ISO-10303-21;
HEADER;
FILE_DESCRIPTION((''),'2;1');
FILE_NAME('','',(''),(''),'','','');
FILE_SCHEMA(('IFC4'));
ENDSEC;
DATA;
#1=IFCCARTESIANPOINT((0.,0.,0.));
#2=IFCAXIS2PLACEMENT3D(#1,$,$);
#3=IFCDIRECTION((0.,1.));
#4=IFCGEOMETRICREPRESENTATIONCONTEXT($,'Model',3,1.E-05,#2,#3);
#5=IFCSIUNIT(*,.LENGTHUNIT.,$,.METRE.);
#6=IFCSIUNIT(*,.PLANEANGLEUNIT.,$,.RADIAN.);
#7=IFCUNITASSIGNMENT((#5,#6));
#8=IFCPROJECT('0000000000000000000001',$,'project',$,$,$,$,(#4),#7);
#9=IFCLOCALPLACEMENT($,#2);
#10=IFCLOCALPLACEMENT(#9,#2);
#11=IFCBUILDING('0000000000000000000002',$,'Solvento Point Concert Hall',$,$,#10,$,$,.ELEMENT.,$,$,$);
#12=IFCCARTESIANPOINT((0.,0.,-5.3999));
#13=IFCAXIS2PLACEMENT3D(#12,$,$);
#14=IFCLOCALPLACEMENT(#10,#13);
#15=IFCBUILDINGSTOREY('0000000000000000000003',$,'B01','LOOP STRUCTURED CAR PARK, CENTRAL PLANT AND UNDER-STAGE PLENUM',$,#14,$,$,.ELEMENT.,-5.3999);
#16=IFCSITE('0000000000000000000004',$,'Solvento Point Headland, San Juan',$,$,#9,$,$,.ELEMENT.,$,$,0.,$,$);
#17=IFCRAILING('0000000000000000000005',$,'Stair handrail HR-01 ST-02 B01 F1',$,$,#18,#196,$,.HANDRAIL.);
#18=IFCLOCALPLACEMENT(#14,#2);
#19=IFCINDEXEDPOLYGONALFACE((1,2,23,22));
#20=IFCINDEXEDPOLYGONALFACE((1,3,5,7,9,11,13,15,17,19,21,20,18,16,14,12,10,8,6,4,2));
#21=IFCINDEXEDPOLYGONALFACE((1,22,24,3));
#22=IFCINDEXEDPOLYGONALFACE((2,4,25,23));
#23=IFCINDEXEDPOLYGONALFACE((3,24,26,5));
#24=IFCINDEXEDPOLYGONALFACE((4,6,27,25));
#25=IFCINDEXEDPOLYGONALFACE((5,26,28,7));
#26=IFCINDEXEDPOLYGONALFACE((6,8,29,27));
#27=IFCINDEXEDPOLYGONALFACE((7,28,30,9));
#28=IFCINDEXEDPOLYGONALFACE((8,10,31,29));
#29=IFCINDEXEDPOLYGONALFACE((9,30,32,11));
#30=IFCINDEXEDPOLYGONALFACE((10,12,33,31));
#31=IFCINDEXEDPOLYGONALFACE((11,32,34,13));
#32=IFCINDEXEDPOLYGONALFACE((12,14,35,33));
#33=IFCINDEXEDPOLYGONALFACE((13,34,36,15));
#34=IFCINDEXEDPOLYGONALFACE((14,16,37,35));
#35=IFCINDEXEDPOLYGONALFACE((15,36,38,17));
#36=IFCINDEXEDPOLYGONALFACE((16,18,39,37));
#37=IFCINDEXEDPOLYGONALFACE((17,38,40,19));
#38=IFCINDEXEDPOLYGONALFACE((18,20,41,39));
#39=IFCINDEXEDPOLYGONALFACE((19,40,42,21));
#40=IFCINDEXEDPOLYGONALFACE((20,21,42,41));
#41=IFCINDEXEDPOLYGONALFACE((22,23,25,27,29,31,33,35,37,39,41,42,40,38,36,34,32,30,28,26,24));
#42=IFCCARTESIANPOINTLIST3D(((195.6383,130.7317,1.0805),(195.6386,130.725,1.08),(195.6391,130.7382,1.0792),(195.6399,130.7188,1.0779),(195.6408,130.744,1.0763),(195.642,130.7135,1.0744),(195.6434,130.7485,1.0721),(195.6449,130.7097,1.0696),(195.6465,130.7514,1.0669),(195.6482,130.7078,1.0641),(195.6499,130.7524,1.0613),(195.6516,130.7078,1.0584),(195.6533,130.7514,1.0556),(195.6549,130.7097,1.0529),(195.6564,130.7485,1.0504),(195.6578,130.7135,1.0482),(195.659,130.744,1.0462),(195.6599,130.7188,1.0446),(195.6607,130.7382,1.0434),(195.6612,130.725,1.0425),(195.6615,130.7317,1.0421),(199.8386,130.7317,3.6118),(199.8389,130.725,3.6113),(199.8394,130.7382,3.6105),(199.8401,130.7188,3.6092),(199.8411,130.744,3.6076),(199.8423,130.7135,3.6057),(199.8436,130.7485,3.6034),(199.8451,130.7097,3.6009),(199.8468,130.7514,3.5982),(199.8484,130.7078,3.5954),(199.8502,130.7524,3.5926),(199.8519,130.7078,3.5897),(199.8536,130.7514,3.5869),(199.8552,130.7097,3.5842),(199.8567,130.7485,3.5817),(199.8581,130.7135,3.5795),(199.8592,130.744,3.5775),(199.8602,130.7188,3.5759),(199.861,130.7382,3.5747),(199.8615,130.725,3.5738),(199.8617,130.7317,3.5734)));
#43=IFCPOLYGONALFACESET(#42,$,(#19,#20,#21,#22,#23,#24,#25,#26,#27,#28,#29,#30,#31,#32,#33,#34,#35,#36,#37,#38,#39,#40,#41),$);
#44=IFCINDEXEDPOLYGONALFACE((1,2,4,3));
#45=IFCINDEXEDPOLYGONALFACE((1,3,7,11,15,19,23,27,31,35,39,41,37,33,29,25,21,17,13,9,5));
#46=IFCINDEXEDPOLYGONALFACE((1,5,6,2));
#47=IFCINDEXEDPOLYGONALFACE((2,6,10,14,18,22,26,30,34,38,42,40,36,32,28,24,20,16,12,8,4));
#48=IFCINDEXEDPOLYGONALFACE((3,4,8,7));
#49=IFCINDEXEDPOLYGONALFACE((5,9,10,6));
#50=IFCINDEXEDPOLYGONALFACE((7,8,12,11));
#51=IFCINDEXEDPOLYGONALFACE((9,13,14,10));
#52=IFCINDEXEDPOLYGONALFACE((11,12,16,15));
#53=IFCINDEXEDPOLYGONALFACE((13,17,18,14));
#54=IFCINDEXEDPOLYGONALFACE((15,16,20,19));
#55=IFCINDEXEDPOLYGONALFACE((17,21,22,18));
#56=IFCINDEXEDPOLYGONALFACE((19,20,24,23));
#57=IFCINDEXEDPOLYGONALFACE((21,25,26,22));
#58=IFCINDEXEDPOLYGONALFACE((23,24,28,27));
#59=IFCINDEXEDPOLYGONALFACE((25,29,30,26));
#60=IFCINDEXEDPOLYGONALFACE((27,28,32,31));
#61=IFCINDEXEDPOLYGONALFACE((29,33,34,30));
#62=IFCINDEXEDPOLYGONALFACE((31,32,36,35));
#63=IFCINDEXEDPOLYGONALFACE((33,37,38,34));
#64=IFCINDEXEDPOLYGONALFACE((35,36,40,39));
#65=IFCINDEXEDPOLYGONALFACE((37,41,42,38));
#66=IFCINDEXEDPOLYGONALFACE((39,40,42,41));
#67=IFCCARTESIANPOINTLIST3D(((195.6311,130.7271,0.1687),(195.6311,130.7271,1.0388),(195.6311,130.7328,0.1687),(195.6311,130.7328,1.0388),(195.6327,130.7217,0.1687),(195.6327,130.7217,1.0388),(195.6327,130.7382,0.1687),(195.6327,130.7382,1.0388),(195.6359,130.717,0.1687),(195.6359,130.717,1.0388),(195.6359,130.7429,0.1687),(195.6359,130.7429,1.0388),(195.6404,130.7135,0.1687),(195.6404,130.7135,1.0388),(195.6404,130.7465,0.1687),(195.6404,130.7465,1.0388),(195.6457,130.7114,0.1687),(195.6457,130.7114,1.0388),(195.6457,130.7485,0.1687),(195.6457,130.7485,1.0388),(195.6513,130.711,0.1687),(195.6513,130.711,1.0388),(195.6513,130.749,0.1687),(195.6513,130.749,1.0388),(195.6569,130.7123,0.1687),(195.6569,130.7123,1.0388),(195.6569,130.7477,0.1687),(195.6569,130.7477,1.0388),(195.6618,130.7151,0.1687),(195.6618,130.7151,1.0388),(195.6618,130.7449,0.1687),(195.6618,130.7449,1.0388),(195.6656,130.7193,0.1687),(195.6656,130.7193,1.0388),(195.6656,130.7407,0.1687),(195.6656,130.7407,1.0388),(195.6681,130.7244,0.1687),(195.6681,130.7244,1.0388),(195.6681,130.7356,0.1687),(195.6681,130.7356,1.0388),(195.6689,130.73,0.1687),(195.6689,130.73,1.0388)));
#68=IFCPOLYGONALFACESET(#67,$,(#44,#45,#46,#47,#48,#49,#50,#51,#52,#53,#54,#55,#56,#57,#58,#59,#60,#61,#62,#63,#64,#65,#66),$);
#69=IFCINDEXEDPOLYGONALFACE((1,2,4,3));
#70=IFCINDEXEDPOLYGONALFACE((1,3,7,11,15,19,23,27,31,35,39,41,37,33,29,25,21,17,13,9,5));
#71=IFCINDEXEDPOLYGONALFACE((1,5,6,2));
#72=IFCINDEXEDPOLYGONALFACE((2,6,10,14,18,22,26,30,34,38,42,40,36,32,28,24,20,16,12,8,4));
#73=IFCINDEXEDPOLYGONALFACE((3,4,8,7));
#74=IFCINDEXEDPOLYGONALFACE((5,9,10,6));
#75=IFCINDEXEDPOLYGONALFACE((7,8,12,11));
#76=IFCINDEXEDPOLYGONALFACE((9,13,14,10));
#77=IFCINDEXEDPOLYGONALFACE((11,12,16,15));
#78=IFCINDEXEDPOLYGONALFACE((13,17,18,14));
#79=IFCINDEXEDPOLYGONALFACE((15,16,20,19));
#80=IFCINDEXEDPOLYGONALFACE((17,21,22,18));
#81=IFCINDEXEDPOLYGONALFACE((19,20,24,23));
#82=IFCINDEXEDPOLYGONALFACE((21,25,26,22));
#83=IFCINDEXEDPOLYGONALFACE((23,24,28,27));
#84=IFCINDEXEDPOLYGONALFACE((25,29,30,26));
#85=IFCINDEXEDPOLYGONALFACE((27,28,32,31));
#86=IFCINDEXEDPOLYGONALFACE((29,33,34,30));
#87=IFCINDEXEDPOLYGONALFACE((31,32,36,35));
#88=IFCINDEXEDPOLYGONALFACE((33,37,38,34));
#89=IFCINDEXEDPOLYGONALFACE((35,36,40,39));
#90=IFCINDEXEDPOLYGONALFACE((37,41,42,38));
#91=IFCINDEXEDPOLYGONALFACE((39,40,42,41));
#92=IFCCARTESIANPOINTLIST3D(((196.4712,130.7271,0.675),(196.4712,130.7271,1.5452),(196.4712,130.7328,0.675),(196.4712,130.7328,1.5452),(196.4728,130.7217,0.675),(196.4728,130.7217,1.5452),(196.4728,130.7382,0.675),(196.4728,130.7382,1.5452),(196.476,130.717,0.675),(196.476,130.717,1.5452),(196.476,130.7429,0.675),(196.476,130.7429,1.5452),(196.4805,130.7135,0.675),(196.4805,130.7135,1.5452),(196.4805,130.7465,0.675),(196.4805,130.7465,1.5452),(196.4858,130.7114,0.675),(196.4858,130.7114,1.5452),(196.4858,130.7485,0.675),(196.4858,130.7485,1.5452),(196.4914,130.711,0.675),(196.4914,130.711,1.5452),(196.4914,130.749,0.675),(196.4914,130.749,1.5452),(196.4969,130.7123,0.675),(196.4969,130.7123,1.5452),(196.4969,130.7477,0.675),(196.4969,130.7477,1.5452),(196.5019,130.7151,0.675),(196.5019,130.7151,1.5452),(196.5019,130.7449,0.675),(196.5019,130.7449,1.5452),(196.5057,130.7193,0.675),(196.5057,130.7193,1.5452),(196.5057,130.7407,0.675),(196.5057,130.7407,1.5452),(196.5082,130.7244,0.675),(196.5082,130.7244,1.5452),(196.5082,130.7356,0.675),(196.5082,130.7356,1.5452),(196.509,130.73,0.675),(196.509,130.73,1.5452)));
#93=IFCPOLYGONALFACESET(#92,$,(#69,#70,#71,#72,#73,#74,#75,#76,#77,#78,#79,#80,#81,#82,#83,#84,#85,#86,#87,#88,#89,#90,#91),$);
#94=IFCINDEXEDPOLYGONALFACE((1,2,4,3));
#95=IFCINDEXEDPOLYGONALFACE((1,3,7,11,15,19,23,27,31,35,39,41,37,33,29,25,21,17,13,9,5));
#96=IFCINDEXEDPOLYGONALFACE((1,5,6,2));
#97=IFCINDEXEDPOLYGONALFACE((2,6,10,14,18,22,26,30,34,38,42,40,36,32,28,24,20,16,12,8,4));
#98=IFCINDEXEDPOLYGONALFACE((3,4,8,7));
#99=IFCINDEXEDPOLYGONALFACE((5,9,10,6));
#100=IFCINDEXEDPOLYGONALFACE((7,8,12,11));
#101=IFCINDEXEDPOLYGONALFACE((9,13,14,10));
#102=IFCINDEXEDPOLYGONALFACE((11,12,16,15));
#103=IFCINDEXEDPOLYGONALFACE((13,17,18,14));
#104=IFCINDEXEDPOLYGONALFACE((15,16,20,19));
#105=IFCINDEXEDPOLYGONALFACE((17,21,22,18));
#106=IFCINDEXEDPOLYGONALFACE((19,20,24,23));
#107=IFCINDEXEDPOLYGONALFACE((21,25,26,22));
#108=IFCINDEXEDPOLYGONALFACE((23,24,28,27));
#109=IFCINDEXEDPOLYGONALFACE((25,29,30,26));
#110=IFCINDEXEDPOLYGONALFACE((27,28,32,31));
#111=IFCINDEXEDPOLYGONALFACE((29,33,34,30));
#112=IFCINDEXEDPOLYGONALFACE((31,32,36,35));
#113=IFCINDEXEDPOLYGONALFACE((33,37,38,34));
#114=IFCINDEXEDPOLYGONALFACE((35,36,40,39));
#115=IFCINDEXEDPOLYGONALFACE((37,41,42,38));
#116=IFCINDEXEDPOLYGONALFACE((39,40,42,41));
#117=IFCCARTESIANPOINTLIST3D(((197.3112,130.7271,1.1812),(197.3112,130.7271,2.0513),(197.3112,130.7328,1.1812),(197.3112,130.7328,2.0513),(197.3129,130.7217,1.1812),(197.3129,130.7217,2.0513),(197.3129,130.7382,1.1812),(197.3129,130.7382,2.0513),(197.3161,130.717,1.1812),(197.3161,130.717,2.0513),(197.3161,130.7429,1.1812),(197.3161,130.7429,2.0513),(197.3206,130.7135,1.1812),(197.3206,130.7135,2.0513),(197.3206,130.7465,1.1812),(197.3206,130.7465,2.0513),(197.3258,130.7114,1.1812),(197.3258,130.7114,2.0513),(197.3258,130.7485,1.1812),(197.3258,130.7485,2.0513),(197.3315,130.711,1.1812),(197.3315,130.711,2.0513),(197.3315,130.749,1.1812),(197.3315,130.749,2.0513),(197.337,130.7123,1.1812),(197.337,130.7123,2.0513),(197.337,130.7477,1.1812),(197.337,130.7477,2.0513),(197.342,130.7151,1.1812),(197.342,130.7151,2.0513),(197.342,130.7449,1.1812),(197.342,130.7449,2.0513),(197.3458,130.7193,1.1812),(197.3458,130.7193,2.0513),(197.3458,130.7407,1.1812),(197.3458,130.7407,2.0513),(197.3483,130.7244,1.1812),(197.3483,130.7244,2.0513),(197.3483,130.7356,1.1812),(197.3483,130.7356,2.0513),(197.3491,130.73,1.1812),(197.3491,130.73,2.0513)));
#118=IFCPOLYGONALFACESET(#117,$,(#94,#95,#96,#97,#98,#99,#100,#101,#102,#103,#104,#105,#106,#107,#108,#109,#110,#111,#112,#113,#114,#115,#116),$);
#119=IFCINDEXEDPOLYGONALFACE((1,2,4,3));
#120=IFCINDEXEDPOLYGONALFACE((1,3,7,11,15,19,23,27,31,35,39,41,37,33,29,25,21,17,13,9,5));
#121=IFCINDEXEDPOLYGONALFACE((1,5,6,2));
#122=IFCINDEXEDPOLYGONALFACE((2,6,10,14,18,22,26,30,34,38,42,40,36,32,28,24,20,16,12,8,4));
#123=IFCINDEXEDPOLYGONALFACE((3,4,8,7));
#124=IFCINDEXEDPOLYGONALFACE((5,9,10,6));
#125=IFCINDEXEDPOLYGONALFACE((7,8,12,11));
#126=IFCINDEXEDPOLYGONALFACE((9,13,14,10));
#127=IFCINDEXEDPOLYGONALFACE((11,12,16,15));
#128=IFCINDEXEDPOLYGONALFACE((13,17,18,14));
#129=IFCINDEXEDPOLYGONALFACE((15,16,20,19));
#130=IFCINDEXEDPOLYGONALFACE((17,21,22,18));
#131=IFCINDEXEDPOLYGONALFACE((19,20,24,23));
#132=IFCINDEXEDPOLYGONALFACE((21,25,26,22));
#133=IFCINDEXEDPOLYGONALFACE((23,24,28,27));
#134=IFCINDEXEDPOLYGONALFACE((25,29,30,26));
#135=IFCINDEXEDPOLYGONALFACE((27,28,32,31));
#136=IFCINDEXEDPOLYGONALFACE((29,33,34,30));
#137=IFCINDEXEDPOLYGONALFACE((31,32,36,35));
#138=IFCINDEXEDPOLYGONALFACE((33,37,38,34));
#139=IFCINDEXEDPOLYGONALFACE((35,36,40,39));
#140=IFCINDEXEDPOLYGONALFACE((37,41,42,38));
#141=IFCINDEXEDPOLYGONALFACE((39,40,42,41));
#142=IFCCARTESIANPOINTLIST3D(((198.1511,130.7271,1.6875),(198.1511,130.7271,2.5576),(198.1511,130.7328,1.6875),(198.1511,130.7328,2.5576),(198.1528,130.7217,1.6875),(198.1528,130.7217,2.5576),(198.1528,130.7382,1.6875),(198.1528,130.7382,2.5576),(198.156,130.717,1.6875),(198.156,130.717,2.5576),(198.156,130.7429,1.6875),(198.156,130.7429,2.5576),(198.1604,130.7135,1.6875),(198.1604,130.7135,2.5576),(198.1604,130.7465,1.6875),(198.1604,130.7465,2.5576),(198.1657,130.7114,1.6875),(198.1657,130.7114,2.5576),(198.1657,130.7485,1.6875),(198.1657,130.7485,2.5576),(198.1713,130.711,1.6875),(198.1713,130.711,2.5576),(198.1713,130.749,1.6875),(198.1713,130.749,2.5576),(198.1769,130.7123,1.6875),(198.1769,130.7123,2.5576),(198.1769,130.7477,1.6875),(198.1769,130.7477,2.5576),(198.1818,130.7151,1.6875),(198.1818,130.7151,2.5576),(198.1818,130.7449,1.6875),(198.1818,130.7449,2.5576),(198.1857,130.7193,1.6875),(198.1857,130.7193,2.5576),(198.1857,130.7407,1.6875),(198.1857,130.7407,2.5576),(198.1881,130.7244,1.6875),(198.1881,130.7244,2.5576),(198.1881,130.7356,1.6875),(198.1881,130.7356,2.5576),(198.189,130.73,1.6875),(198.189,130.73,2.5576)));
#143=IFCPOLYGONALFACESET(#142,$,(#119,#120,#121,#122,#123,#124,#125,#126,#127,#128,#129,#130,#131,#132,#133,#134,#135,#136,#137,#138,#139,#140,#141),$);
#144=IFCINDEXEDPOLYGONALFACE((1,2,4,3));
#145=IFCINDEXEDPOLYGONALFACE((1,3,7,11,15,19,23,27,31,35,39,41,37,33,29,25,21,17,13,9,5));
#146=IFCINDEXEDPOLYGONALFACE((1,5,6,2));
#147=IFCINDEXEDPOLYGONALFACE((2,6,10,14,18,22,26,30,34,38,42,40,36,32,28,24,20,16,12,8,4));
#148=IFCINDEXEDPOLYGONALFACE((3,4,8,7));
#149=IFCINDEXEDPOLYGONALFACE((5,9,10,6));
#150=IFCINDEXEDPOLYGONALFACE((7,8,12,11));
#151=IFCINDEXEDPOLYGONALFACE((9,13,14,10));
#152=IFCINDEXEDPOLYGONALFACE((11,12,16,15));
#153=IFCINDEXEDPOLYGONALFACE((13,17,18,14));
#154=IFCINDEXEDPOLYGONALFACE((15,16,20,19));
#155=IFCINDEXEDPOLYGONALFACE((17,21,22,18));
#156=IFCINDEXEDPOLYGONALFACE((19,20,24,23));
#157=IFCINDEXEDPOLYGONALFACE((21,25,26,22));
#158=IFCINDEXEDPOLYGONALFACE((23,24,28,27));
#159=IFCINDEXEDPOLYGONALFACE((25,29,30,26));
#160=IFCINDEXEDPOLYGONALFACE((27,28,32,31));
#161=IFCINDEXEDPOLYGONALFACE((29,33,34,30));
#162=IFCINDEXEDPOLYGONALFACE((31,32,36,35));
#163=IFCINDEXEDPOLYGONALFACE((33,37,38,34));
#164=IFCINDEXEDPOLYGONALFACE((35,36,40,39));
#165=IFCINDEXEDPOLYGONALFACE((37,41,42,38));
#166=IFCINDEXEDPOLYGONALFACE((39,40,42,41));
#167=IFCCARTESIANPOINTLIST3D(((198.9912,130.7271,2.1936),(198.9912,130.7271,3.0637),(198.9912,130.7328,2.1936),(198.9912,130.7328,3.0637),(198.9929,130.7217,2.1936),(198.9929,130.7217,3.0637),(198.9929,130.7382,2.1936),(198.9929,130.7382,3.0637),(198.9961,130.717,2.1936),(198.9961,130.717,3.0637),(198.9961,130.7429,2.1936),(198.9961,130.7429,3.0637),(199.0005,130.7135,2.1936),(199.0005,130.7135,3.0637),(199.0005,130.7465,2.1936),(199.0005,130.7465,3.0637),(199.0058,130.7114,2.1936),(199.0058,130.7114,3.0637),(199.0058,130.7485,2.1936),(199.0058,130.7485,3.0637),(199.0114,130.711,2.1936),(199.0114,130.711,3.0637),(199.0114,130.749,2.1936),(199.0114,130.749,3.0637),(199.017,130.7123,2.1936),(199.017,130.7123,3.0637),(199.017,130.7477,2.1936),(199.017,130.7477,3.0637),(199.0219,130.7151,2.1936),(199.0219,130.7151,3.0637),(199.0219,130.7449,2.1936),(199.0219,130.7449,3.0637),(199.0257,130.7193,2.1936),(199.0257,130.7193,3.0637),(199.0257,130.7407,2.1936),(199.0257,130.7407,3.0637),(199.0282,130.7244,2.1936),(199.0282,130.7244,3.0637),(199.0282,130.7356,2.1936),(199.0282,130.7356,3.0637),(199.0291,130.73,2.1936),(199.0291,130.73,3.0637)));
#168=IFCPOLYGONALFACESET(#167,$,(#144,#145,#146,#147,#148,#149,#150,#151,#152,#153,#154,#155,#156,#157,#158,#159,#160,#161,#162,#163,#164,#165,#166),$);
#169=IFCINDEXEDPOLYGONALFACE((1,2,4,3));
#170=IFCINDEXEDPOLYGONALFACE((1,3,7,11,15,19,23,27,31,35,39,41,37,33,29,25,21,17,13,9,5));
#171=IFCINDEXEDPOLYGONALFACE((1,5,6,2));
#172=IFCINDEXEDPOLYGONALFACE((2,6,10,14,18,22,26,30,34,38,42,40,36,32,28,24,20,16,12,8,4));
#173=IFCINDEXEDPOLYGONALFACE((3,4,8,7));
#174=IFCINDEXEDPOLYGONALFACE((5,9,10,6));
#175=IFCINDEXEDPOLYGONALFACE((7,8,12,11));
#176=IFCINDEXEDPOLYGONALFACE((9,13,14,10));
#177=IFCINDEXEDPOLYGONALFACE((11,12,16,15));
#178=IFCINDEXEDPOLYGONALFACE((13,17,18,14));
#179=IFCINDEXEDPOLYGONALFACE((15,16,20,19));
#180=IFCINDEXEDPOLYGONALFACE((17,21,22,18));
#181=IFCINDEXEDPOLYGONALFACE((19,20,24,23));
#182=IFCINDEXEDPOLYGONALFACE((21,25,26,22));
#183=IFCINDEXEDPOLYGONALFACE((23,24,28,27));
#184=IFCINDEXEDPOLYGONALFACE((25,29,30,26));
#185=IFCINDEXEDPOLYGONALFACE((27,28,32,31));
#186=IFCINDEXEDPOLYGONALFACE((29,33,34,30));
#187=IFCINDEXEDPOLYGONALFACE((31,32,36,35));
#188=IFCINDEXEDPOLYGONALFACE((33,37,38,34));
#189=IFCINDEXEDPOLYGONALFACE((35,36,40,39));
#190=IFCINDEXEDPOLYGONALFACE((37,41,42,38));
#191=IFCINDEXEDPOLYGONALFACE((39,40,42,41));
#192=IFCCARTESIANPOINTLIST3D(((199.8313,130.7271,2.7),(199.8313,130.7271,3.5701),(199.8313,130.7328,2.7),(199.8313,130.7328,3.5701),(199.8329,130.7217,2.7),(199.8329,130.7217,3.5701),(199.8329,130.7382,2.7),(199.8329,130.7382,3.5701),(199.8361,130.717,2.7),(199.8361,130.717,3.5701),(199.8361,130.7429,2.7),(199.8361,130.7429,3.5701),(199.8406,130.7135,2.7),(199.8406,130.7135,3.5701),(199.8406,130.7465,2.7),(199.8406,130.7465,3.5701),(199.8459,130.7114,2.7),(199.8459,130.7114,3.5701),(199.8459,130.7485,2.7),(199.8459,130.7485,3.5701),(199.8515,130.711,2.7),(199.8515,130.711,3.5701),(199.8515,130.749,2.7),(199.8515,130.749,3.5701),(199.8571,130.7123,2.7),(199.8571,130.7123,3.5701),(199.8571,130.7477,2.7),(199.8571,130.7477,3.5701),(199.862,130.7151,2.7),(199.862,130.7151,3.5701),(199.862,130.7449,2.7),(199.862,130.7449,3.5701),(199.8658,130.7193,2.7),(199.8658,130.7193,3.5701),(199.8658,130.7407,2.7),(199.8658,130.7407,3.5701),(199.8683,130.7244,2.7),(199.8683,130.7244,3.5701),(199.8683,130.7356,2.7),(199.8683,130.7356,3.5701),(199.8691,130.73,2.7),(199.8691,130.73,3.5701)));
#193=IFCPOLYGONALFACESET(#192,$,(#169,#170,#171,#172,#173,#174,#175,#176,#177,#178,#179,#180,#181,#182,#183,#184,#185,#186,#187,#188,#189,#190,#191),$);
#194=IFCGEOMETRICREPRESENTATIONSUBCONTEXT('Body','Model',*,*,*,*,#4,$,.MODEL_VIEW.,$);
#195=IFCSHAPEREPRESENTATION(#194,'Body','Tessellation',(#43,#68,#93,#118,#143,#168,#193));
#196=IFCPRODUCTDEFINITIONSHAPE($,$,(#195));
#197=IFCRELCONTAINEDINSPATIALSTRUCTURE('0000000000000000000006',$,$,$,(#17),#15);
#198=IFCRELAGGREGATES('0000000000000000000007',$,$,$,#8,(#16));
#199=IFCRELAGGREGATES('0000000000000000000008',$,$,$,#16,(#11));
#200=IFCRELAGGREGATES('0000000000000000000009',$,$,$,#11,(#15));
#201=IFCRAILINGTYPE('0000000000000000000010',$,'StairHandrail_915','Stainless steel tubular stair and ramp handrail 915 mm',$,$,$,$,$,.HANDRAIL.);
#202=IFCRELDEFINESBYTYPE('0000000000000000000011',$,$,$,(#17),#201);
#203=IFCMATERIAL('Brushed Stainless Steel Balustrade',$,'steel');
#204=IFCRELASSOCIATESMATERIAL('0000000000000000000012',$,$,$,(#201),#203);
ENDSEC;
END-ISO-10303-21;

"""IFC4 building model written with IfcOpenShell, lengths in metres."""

from ifc_helpers import new_model, si_unit, direction, frame, origin, origin_2d, place, context, subcontext, project, spatial, circle, extrude, material, type_object, element, save


model = new_model("IFC4")

# Units and contexts
model_context = context("Model", 3, precision=1e-05, world=origin(), true_north=direction((0.0, 1.0)))
body_context = subcontext(model_context, "Body", "Model", "MODEL_VIEW")
ifc_project = project(units=[si_unit("LENGTHUNIT", "METRE"), si_unit("PLANEANGLEUNIT", "RADIAN")], contexts=[model_context])

# Site, building, storey
site_placement = place(None, origin())
site = spatial("IfcSite", under=ifc_project, at=site_placement, Name="Solvento Point Headland, San Juan", CompositionType="ELEMENT", RefElevation=0.0)
building_placement = place(site_placement, origin())
building = spatial("IfcBuilding", under=site, at=building_placement, Name="Solvento Point Concert Hall", CompositionType="ELEMENT")
storey_placement = place(building_placement, frame((0.0, 0.0, -5.3999)))
storey = spatial("IfcBuildingStorey", under=building, at=storey_placement, Name="B01", Description="LOOP STRUCTURED CAR PARK, CENTRAL PLANT AND UNDER-STAGE PLENUM", CompositionType="ELEMENT", Elevation=-5.3999)

# Railing
ifc_material_1 = material(Name="Brushed Stainless Steel Balustrade", Category="steel")
railing_type_1 = type_object("IfcRailingType", Name="StairHandrail_915", Description="Stainless steel tubular stair and ramp handrail 915 mm", PredefinedType="HANDRAIL", material=ifc_material_1)
railing_1_placement = place(storey_placement, frame((195.6499, 130.73, 0.1687)))
element("IfcRailing", 1, at=railing_1_placement, inside=storey, type_object=railing_type_1, Name="Stair handrail HR-01 ST-02 B01 F1", PredefinedType="HANDRAIL", context=body_context, shape_type="SweptSolid", body=[
    extrude(circle(Radius=0.0225, at=origin_2d()), frame((0.0, 0.0, 0.8926), z_axis=(0.85649, 0.0, 0.516164), x_axis=(0.0, 1.0, 0.0)), (0.0, 0.0, 1.0), 4.9041),
    extrude(circle(Radius=0.019, at=origin_2d()), origin(), (0.0, 0.0, 1.0), 0.8701),
    extrude(circle(Radius=0.019, at=origin_2d()), frame((0.8401, 0.0, 0.5063)), (0.0, 0.0, 1.0), 0.8701),
    extrude(circle(Radius=0.019, at=origin_2d()), frame((1.6802, 0.0, 1.0125)), (0.0, 0.0, 1.0), 0.8701),
    extrude(circle(Radius=0.019, at=origin_2d()), frame((2.52, 0.0, 1.5188)), (0.0, 0.0, 1.0), 0.8701),
    extrude(circle(Radius=0.019, at=origin_2d()), frame((3.3601, 0.0, 2.0249)), (0.0, 0.0, 1.0), 0.8701),
    extrude(circle(Radius=0.019, at=origin_2d()), frame((4.2002, 0.0, 2.5312)), (0.0, 0.0, 1.0), 0.8701),
])

save(model, "model.ifc")
